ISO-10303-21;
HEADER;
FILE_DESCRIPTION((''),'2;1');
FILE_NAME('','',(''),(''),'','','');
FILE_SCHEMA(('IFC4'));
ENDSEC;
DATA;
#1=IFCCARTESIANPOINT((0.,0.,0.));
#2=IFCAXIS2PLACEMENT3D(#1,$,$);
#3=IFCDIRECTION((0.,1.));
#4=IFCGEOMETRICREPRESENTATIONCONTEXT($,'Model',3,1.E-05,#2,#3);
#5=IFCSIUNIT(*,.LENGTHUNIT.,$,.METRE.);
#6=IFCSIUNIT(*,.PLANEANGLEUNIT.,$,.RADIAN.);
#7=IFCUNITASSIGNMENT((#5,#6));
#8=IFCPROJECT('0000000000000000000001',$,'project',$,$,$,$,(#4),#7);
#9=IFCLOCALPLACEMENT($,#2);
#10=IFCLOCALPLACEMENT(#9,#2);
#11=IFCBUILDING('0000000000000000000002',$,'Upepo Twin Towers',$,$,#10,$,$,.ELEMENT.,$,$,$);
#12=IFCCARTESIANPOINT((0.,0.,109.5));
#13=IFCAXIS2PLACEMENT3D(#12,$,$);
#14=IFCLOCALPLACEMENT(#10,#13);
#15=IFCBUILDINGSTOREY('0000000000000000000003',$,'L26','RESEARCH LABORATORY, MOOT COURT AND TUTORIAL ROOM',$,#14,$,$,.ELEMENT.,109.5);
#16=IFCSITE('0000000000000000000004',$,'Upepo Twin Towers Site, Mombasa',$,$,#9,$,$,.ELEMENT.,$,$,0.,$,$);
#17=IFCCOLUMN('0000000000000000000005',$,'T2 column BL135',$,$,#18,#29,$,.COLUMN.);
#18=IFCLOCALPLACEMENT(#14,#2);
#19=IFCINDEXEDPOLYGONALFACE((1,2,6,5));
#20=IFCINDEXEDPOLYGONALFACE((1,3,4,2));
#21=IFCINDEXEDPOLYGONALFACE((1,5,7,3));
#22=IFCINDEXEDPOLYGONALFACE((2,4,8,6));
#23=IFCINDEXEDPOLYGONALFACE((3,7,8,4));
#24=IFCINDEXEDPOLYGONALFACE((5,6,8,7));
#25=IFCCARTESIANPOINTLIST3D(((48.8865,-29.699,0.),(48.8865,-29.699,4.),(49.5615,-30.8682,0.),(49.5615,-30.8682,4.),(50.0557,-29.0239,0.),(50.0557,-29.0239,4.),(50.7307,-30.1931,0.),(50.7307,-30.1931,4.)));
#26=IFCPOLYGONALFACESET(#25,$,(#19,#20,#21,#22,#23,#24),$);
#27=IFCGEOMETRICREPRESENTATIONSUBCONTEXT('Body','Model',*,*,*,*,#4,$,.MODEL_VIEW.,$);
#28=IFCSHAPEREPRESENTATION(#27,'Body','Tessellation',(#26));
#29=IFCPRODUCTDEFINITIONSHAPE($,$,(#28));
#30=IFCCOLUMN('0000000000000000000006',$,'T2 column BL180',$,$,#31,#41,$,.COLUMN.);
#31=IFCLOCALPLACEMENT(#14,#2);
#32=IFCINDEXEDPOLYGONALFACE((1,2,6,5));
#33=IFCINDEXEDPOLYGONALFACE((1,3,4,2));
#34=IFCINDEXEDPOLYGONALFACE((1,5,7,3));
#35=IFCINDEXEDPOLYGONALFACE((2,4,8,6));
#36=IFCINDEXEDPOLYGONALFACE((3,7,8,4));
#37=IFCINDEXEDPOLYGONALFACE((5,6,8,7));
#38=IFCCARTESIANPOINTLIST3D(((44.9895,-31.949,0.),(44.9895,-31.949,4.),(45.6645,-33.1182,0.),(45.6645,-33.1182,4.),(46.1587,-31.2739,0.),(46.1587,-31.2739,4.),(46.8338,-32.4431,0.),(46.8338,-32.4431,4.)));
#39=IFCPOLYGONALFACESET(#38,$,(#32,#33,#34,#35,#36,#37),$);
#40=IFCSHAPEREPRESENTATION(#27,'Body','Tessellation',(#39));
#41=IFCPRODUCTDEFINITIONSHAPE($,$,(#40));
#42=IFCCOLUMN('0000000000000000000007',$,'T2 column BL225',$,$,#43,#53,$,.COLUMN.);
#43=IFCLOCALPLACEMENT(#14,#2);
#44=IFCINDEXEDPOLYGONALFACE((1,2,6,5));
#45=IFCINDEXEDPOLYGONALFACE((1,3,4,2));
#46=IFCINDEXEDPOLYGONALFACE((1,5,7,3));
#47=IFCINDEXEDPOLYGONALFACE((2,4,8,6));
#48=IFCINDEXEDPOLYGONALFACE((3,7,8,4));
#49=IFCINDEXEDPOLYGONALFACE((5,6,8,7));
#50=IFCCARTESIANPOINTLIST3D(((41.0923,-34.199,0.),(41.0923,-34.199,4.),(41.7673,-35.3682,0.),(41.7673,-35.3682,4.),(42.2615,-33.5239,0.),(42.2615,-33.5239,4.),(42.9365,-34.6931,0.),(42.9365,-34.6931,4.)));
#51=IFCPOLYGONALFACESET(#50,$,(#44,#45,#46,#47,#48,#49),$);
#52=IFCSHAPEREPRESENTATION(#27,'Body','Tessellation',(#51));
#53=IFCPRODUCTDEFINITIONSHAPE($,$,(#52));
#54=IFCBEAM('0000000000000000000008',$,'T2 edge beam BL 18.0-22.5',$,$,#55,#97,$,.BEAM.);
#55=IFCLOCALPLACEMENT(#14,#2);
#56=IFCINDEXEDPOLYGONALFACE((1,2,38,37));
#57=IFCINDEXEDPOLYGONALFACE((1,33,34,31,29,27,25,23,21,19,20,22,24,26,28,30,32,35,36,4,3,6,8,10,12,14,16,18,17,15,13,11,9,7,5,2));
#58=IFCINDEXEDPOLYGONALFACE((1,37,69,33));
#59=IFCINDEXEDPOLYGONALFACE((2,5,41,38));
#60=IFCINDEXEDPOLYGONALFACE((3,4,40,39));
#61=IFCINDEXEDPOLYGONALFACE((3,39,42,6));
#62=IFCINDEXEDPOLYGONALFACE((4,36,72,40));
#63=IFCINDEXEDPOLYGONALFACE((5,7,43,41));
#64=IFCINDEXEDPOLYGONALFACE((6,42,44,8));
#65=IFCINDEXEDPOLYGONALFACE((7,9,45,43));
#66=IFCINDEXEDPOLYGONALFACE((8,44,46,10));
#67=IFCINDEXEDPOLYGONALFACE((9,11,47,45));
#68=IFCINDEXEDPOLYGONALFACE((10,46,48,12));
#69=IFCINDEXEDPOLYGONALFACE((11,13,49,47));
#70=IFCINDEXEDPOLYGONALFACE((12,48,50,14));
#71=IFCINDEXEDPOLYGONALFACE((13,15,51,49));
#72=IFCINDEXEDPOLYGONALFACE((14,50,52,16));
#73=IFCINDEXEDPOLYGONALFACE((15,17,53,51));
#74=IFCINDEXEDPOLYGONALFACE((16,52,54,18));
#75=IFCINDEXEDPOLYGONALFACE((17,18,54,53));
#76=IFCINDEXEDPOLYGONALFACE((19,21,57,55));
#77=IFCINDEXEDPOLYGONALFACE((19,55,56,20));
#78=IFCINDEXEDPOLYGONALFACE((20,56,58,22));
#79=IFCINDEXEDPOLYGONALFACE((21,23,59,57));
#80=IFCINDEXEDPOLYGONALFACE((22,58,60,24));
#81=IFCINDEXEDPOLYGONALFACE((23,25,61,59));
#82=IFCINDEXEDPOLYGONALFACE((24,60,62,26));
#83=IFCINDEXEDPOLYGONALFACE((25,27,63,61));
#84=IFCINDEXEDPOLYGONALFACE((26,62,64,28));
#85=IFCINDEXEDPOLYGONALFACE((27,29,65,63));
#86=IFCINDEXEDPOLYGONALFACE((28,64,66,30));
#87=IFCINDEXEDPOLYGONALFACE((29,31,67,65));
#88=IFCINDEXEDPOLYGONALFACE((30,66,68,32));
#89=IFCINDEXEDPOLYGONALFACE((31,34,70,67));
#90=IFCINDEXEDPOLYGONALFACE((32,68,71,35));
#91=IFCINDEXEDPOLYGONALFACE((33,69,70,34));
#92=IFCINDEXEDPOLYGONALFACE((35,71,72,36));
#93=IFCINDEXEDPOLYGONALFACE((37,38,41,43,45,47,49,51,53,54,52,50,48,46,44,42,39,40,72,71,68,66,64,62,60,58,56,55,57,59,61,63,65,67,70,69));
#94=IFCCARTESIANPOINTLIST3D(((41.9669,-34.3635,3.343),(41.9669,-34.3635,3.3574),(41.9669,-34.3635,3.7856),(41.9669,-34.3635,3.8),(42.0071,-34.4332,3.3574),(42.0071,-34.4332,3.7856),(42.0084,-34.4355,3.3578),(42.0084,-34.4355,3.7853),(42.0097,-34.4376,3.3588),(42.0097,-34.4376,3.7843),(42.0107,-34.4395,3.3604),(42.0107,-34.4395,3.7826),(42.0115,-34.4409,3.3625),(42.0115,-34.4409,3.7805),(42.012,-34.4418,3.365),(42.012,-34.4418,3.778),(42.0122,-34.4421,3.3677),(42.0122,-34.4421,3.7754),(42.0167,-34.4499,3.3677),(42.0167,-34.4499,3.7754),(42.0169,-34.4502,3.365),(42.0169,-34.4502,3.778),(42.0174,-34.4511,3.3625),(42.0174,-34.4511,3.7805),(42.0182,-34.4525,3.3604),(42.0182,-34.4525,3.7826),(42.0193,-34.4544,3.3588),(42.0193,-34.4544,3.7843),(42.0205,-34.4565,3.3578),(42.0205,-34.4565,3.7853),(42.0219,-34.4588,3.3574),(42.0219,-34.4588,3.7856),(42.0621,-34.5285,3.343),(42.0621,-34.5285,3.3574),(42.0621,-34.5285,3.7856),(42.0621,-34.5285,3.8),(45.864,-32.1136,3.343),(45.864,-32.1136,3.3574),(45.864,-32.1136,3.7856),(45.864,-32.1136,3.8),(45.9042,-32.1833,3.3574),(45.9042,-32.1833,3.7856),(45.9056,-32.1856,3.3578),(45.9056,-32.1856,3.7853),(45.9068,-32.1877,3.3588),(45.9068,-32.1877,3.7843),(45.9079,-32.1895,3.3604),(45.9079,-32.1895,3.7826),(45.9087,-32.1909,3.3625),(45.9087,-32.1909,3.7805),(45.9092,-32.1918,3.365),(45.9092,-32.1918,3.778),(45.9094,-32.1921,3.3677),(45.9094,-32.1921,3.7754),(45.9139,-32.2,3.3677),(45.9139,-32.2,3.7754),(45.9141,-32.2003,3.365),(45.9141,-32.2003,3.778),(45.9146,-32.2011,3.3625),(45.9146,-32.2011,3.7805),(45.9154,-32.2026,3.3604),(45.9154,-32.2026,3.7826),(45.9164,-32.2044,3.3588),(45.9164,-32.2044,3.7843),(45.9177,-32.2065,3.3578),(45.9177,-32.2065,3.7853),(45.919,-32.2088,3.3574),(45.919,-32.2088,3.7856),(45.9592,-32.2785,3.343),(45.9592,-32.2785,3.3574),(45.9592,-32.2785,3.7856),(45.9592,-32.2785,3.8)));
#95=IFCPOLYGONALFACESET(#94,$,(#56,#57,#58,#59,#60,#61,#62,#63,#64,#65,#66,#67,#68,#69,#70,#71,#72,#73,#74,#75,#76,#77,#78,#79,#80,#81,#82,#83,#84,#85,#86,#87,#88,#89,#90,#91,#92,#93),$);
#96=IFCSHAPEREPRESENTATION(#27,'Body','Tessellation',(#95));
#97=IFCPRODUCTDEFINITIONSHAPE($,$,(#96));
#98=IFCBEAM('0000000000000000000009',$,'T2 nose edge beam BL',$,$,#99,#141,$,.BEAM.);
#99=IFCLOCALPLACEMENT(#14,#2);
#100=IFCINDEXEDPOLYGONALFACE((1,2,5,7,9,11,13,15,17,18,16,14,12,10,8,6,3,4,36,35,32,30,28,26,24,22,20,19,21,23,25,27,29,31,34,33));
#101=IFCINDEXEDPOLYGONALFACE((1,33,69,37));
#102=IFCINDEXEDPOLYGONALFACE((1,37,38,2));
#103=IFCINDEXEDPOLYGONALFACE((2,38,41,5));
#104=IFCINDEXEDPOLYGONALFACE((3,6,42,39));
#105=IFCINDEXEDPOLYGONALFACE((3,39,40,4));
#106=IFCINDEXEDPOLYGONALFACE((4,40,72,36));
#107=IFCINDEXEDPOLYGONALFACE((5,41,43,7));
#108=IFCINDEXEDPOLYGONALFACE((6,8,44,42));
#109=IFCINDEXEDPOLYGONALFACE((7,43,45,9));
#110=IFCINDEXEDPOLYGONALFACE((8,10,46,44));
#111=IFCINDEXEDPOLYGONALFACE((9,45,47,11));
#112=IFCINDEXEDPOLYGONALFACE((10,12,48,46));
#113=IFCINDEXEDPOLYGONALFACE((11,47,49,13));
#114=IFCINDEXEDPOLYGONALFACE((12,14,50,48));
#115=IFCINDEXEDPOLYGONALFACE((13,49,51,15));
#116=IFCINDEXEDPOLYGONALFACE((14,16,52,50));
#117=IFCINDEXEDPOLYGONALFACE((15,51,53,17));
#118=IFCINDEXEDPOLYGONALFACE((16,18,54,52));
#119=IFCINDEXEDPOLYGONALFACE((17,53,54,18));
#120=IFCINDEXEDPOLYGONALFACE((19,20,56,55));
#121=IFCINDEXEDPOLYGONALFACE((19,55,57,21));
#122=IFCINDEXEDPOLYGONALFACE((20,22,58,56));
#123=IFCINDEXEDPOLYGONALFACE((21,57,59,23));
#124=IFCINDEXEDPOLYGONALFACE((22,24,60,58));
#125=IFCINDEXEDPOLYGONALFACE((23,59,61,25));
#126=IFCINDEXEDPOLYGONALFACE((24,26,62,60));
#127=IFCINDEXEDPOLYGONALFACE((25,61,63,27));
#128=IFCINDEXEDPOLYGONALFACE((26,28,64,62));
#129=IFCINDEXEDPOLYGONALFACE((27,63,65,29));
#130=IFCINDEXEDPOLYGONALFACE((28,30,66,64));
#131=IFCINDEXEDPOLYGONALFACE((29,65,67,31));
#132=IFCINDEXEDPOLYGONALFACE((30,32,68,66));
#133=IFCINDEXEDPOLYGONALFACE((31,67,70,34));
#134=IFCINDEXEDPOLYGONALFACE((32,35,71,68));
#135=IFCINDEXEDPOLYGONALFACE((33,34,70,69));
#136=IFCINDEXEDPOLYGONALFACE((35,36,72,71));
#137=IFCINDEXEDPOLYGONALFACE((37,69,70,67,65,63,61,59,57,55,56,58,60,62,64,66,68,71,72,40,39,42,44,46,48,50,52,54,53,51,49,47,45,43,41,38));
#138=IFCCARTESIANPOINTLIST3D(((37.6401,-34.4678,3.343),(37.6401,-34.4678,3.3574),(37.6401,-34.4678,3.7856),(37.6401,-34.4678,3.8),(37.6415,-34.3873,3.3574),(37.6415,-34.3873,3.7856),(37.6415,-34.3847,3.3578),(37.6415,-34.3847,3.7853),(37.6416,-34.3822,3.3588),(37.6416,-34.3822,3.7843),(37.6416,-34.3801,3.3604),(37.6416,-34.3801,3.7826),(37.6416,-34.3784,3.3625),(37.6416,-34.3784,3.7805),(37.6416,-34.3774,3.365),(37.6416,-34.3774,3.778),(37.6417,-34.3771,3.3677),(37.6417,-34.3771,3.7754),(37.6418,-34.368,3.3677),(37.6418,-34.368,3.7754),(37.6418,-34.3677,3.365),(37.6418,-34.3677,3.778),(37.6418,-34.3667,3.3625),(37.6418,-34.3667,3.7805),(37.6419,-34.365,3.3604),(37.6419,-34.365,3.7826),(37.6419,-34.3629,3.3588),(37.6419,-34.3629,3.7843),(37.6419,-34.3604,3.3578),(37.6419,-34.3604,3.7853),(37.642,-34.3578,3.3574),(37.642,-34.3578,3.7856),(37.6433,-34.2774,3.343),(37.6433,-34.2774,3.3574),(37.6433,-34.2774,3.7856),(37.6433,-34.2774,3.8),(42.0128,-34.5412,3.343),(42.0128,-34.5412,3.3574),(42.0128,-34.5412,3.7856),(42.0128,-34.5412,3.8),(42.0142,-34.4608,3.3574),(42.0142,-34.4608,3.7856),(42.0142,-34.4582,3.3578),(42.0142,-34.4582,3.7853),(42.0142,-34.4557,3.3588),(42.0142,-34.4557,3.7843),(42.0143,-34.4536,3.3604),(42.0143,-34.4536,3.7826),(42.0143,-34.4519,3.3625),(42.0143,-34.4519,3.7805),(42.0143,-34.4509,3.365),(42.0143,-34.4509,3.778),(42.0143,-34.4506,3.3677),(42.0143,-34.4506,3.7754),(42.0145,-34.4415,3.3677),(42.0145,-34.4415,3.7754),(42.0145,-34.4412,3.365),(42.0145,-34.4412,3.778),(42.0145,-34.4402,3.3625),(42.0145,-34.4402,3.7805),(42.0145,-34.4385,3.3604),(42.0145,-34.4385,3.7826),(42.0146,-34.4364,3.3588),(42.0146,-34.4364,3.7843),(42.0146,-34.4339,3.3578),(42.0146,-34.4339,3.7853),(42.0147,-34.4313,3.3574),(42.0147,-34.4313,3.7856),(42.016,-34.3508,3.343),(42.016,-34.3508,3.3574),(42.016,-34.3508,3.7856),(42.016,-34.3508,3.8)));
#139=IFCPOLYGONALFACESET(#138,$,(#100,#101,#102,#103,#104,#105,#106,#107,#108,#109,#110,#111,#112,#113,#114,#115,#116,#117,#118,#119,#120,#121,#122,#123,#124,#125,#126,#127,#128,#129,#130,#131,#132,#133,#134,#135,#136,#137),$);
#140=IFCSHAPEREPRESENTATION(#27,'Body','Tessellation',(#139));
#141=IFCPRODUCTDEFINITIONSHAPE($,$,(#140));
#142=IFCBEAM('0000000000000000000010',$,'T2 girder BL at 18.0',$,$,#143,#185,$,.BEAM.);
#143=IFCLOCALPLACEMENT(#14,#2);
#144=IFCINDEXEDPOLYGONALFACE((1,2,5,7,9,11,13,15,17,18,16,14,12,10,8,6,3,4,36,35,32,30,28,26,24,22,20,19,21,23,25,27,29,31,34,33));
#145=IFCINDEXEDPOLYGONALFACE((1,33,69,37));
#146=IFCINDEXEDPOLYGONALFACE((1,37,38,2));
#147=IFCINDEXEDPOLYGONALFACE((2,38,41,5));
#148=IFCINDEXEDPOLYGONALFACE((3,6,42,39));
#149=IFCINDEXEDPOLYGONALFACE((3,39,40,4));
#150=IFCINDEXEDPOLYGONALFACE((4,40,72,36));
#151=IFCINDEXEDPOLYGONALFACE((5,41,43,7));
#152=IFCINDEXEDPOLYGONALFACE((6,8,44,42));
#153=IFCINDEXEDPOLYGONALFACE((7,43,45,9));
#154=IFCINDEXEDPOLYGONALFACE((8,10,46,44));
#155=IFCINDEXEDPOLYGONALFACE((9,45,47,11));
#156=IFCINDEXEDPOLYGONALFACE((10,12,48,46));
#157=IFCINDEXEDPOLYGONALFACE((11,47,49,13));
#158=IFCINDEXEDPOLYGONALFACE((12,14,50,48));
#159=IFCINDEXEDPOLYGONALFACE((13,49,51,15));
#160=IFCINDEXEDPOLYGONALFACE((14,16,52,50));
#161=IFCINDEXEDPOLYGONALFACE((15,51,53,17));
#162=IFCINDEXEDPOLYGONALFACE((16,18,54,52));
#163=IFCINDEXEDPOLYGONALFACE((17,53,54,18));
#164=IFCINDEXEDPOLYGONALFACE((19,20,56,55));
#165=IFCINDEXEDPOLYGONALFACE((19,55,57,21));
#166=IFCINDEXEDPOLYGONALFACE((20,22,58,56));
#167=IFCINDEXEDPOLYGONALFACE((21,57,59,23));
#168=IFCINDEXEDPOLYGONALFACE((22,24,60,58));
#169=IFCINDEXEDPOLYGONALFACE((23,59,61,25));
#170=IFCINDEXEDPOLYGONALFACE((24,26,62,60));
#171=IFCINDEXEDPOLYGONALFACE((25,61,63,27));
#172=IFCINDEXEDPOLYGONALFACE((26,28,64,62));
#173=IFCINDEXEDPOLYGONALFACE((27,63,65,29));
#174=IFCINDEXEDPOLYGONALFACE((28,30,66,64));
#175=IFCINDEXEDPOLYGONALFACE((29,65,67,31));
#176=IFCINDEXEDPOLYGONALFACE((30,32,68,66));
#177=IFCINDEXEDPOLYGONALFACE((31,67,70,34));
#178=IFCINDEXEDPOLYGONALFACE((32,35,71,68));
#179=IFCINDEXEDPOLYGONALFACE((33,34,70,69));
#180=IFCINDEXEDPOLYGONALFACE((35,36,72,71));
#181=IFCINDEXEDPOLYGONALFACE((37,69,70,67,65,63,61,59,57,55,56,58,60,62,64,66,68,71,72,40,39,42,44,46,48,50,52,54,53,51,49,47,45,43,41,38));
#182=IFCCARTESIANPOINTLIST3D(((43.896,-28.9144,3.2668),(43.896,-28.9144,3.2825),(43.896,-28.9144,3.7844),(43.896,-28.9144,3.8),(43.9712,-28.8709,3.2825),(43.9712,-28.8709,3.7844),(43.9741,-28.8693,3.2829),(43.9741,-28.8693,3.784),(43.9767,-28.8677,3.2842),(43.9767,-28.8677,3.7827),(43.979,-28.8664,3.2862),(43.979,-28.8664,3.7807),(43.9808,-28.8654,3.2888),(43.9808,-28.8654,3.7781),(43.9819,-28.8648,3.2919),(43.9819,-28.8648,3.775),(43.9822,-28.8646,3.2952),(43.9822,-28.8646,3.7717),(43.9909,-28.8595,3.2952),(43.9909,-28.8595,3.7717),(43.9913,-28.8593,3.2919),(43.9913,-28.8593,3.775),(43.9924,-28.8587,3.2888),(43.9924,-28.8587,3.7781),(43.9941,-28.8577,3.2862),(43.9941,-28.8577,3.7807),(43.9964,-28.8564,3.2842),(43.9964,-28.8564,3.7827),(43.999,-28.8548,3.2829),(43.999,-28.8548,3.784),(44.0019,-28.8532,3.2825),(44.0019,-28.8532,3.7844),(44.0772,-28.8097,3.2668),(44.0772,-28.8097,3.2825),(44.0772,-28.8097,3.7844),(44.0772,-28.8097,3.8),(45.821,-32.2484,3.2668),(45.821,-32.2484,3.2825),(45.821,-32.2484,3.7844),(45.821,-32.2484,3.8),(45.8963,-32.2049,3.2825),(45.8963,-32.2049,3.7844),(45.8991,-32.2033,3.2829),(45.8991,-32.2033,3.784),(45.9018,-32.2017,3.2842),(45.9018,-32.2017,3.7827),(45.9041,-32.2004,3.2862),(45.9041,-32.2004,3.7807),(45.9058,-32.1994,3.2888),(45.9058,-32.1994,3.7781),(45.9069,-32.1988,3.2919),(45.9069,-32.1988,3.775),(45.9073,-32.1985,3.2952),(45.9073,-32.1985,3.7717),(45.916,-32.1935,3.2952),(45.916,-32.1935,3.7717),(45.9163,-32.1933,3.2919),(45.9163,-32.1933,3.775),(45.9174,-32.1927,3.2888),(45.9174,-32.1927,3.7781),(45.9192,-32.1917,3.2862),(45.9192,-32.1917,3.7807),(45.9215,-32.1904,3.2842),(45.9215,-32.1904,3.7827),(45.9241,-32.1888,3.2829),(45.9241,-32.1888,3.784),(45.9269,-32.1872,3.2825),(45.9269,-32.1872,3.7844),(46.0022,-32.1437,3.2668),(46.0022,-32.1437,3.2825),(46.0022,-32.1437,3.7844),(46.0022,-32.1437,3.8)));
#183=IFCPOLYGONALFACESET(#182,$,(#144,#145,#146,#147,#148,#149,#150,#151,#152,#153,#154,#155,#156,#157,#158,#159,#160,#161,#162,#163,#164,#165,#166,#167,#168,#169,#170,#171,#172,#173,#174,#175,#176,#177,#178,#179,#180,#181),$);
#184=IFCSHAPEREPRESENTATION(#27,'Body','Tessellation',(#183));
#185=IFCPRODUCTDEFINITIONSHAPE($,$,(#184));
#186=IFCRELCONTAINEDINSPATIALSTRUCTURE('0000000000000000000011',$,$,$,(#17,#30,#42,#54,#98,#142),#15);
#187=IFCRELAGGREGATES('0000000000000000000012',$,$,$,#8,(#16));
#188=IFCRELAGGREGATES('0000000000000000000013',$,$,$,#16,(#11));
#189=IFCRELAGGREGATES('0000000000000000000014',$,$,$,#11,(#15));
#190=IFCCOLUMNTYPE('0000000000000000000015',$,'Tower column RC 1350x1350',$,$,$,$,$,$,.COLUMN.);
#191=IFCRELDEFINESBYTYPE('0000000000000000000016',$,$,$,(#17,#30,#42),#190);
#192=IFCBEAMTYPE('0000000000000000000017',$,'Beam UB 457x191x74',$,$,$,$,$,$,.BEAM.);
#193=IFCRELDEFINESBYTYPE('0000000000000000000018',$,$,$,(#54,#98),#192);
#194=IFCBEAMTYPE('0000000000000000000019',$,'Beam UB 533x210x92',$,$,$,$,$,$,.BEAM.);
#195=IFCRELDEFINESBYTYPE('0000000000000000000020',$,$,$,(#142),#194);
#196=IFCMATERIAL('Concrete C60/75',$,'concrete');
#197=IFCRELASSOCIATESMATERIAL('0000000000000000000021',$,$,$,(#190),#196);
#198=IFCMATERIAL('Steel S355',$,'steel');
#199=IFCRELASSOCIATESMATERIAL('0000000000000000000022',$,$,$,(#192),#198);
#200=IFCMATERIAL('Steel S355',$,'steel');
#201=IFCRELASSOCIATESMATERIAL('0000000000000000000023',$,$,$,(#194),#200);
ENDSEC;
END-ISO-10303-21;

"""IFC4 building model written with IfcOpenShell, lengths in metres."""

from ifc_helpers import new_model, si_unit, direction, frame, origin, origin_2d, place, context, subcontext, project, spatial, rectangle, i_section, extrude, material, material_profile, profile_set, type_object, element, save


model = new_model("IFC4")

# Units and contexts
model_context = context("Model", 3, precision=1e-05, world=origin(), true_north=direction((0.0, 1.0)))
body_context = subcontext(model_context, "Body", "Model", "MODEL_VIEW")
ifc_project = project(units=[si_unit("LENGTHUNIT", "METRE"), si_unit("PLANEANGLEUNIT", "RADIAN")], contexts=[model_context])

# Site, building, storey
site_placement = place(None, origin())
site = spatial("IfcSite", under=ifc_project, at=site_placement, Name="Upepo Twin Towers Site, Mombasa", CompositionType="ELEMENT", RefElevation=0.0)
building_placement = place(site_placement, origin())
building = spatial("IfcBuilding", under=site, at=building_placement, Name="Upepo Twin Towers", CompositionType="ELEMENT")
storey_placement = place(building_placement, frame((0.0, 0.0, 109.5)))
storey = spatial("IfcBuildingStorey", under=building, at=storey_placement, Name="L26", Description="RESEARCH LABORATORY, MOOT COURT AND TUTORIAL ROOM", CompositionType="ELEMENT", Elevation=109.5)

# Columns
ifc_material_1 = material(Name="Concrete C60/75", Category="concrete")
ifc_material_profile_1 = material_profile(ifc_material_1, rectangle(XDim=1.3501, YDim=1.3501, at=origin_2d()), Name="RC 1350x1350")
ifc_profile_set_1 = profile_set([ifc_material_profile_1], Name="Concrete C60/75")
column_type = type_object("IfcColumnType", Name="Tower column RC 1350x1350", PredefinedType="COLUMN", material=ifc_profile_set_1)
for number, where, z_axis, x_axis, name in (
    (1, (49.8086, -29.946, 0.0), (0.0, 0.0, 1.0), (0.866025, 0.5, 0.0), "T2 column BL135"),
    (2, (45.9116, -32.196, 0.0), (0.0, 0.0, 1.0), (0.866025, 0.5, 0.0), "T2 column BL180"),
    (3, (42.0144, -34.446, 0.0), (0.0, 0.0, 1.0), (0.866025, 0.5, 0.0), "T2 column BL225"),
):
    element("IfcColumn", number, at=place(storey_placement, frame(where, z_axis=z_axis, x_axis=x_axis)), inside=storey, type_object=column_type, Name=name, PredefinedType="COLUMN", context=body_context, shape_type="SweptSolid", body=[
        extrude(rectangle(XDim=1.3501, YDim=1.3501, at=origin_2d()), origin(), (0.0, 0.0, 1.0), 4.0),
    ])

# Beams
ifc_material_2 = material(Name="Steel S355", Category="steel")
ifc_material_profile_2 = material_profile(ifc_material_2, i_section(OverallWidth=0.1904, OverallDepth=0.457, WebThickness=0.009, FlangeThickness=0.0144, FilletRadius=0.0103, at=origin_2d()), Name="UB 457x191x74")
ifc_profile_set_2 = profile_set([ifc_material_profile_2], Name="Steel S355")
beam_type_1 = type_object("IfcBeamType", Name="Beam UB 457x191x74", PredefinedType="BEAM", material=ifc_profile_set_2)
beam_1_placement = place(storey_placement, frame((45.9116, -32.196, 3.5715), z_axis=(-0.866031, -0.49999, 0.0), x_axis=(0.49999, -0.866031, 0.0)))
element("IfcBeam", 4, at=beam_1_placement, inside=storey, type_object=beam_type_1, Name="T2 edge beam BL 18.0-22.5", PredefinedType="BEAM", context=body_context, shape_type="SweptSolid", body=[
    extrude(i_section(OverallWidth=0.1904, OverallDepth=0.457, WebThickness=0.009, FlangeThickness=0.0144, FilletRadius=0.0103, at=origin_2d()), origin(), (0.0, 0.0, 1.0), 4.5),
])
beam_2_placement = place(storey_placement, frame((42.0144, -34.446, 3.5715), z_axis=(-0.999859, 0.016804, 0.0), x_axis=(-0.016804, -0.999859, 0.0)))
element("IfcBeam", 5, at=beam_2_placement, inside=storey, type_object=beam_type_1, Name="T2 nose edge beam BL", PredefinedType="BEAM", context=body_context, shape_type="SweptSolid", body=[
    extrude(i_section(OverallWidth=0.1904, OverallDepth=0.457, WebThickness=0.009, FlangeThickness=0.0144, FilletRadius=0.0103, at=origin_2d()), origin(), (0.0, 0.0, 1.0), 4.3733),
])
ifc_material_3 = material(Name="Steel S355", Category="steel")
ifc_material_profile_3 = material_profile(ifc_material_3, i_section(OverallWidth=0.2092, OverallDepth=0.5332, WebThickness=0.01, FlangeThickness=0.0156, FilletRadius=0.0127, at=origin_2d()), Name="UB 533x210x92")
ifc_profile_set_3 = profile_set([ifc_material_profile_3], Name="Steel S355")
beam_type_2 = type_object("IfcBeamType", Name="Beam UB 533x210x92", PredefinedType="BEAM", material=ifc_profile_set_3)
for number, where, z_axis, x_axis, name in (
    (6, (45.9116, -32.196, 3.5334), (-0.500034, 0.866006, 0.0), (-0.866006, -0.500034, 0.0), "T2 girder BL at 18.0"),
):
    element("IfcBeam", number, at=place(storey_placement, frame(where, z_axis=z_axis, x_axis=x_axis)), inside=storey, type_object=beam_type_2, Name=name, PredefinedType="BEAM", context=body_context, shape_type="SweptSolid", body=[
        extrude(i_section(OverallWidth=0.2092, OverallDepth=0.5332, WebThickness=0.01, FlangeThickness=0.0156, FilletRadius=0.0127, at=origin_2d()), origin(), (0.0, 0.0, 1.0), 3.8499),
    ])

save(model, "model.ifc")
